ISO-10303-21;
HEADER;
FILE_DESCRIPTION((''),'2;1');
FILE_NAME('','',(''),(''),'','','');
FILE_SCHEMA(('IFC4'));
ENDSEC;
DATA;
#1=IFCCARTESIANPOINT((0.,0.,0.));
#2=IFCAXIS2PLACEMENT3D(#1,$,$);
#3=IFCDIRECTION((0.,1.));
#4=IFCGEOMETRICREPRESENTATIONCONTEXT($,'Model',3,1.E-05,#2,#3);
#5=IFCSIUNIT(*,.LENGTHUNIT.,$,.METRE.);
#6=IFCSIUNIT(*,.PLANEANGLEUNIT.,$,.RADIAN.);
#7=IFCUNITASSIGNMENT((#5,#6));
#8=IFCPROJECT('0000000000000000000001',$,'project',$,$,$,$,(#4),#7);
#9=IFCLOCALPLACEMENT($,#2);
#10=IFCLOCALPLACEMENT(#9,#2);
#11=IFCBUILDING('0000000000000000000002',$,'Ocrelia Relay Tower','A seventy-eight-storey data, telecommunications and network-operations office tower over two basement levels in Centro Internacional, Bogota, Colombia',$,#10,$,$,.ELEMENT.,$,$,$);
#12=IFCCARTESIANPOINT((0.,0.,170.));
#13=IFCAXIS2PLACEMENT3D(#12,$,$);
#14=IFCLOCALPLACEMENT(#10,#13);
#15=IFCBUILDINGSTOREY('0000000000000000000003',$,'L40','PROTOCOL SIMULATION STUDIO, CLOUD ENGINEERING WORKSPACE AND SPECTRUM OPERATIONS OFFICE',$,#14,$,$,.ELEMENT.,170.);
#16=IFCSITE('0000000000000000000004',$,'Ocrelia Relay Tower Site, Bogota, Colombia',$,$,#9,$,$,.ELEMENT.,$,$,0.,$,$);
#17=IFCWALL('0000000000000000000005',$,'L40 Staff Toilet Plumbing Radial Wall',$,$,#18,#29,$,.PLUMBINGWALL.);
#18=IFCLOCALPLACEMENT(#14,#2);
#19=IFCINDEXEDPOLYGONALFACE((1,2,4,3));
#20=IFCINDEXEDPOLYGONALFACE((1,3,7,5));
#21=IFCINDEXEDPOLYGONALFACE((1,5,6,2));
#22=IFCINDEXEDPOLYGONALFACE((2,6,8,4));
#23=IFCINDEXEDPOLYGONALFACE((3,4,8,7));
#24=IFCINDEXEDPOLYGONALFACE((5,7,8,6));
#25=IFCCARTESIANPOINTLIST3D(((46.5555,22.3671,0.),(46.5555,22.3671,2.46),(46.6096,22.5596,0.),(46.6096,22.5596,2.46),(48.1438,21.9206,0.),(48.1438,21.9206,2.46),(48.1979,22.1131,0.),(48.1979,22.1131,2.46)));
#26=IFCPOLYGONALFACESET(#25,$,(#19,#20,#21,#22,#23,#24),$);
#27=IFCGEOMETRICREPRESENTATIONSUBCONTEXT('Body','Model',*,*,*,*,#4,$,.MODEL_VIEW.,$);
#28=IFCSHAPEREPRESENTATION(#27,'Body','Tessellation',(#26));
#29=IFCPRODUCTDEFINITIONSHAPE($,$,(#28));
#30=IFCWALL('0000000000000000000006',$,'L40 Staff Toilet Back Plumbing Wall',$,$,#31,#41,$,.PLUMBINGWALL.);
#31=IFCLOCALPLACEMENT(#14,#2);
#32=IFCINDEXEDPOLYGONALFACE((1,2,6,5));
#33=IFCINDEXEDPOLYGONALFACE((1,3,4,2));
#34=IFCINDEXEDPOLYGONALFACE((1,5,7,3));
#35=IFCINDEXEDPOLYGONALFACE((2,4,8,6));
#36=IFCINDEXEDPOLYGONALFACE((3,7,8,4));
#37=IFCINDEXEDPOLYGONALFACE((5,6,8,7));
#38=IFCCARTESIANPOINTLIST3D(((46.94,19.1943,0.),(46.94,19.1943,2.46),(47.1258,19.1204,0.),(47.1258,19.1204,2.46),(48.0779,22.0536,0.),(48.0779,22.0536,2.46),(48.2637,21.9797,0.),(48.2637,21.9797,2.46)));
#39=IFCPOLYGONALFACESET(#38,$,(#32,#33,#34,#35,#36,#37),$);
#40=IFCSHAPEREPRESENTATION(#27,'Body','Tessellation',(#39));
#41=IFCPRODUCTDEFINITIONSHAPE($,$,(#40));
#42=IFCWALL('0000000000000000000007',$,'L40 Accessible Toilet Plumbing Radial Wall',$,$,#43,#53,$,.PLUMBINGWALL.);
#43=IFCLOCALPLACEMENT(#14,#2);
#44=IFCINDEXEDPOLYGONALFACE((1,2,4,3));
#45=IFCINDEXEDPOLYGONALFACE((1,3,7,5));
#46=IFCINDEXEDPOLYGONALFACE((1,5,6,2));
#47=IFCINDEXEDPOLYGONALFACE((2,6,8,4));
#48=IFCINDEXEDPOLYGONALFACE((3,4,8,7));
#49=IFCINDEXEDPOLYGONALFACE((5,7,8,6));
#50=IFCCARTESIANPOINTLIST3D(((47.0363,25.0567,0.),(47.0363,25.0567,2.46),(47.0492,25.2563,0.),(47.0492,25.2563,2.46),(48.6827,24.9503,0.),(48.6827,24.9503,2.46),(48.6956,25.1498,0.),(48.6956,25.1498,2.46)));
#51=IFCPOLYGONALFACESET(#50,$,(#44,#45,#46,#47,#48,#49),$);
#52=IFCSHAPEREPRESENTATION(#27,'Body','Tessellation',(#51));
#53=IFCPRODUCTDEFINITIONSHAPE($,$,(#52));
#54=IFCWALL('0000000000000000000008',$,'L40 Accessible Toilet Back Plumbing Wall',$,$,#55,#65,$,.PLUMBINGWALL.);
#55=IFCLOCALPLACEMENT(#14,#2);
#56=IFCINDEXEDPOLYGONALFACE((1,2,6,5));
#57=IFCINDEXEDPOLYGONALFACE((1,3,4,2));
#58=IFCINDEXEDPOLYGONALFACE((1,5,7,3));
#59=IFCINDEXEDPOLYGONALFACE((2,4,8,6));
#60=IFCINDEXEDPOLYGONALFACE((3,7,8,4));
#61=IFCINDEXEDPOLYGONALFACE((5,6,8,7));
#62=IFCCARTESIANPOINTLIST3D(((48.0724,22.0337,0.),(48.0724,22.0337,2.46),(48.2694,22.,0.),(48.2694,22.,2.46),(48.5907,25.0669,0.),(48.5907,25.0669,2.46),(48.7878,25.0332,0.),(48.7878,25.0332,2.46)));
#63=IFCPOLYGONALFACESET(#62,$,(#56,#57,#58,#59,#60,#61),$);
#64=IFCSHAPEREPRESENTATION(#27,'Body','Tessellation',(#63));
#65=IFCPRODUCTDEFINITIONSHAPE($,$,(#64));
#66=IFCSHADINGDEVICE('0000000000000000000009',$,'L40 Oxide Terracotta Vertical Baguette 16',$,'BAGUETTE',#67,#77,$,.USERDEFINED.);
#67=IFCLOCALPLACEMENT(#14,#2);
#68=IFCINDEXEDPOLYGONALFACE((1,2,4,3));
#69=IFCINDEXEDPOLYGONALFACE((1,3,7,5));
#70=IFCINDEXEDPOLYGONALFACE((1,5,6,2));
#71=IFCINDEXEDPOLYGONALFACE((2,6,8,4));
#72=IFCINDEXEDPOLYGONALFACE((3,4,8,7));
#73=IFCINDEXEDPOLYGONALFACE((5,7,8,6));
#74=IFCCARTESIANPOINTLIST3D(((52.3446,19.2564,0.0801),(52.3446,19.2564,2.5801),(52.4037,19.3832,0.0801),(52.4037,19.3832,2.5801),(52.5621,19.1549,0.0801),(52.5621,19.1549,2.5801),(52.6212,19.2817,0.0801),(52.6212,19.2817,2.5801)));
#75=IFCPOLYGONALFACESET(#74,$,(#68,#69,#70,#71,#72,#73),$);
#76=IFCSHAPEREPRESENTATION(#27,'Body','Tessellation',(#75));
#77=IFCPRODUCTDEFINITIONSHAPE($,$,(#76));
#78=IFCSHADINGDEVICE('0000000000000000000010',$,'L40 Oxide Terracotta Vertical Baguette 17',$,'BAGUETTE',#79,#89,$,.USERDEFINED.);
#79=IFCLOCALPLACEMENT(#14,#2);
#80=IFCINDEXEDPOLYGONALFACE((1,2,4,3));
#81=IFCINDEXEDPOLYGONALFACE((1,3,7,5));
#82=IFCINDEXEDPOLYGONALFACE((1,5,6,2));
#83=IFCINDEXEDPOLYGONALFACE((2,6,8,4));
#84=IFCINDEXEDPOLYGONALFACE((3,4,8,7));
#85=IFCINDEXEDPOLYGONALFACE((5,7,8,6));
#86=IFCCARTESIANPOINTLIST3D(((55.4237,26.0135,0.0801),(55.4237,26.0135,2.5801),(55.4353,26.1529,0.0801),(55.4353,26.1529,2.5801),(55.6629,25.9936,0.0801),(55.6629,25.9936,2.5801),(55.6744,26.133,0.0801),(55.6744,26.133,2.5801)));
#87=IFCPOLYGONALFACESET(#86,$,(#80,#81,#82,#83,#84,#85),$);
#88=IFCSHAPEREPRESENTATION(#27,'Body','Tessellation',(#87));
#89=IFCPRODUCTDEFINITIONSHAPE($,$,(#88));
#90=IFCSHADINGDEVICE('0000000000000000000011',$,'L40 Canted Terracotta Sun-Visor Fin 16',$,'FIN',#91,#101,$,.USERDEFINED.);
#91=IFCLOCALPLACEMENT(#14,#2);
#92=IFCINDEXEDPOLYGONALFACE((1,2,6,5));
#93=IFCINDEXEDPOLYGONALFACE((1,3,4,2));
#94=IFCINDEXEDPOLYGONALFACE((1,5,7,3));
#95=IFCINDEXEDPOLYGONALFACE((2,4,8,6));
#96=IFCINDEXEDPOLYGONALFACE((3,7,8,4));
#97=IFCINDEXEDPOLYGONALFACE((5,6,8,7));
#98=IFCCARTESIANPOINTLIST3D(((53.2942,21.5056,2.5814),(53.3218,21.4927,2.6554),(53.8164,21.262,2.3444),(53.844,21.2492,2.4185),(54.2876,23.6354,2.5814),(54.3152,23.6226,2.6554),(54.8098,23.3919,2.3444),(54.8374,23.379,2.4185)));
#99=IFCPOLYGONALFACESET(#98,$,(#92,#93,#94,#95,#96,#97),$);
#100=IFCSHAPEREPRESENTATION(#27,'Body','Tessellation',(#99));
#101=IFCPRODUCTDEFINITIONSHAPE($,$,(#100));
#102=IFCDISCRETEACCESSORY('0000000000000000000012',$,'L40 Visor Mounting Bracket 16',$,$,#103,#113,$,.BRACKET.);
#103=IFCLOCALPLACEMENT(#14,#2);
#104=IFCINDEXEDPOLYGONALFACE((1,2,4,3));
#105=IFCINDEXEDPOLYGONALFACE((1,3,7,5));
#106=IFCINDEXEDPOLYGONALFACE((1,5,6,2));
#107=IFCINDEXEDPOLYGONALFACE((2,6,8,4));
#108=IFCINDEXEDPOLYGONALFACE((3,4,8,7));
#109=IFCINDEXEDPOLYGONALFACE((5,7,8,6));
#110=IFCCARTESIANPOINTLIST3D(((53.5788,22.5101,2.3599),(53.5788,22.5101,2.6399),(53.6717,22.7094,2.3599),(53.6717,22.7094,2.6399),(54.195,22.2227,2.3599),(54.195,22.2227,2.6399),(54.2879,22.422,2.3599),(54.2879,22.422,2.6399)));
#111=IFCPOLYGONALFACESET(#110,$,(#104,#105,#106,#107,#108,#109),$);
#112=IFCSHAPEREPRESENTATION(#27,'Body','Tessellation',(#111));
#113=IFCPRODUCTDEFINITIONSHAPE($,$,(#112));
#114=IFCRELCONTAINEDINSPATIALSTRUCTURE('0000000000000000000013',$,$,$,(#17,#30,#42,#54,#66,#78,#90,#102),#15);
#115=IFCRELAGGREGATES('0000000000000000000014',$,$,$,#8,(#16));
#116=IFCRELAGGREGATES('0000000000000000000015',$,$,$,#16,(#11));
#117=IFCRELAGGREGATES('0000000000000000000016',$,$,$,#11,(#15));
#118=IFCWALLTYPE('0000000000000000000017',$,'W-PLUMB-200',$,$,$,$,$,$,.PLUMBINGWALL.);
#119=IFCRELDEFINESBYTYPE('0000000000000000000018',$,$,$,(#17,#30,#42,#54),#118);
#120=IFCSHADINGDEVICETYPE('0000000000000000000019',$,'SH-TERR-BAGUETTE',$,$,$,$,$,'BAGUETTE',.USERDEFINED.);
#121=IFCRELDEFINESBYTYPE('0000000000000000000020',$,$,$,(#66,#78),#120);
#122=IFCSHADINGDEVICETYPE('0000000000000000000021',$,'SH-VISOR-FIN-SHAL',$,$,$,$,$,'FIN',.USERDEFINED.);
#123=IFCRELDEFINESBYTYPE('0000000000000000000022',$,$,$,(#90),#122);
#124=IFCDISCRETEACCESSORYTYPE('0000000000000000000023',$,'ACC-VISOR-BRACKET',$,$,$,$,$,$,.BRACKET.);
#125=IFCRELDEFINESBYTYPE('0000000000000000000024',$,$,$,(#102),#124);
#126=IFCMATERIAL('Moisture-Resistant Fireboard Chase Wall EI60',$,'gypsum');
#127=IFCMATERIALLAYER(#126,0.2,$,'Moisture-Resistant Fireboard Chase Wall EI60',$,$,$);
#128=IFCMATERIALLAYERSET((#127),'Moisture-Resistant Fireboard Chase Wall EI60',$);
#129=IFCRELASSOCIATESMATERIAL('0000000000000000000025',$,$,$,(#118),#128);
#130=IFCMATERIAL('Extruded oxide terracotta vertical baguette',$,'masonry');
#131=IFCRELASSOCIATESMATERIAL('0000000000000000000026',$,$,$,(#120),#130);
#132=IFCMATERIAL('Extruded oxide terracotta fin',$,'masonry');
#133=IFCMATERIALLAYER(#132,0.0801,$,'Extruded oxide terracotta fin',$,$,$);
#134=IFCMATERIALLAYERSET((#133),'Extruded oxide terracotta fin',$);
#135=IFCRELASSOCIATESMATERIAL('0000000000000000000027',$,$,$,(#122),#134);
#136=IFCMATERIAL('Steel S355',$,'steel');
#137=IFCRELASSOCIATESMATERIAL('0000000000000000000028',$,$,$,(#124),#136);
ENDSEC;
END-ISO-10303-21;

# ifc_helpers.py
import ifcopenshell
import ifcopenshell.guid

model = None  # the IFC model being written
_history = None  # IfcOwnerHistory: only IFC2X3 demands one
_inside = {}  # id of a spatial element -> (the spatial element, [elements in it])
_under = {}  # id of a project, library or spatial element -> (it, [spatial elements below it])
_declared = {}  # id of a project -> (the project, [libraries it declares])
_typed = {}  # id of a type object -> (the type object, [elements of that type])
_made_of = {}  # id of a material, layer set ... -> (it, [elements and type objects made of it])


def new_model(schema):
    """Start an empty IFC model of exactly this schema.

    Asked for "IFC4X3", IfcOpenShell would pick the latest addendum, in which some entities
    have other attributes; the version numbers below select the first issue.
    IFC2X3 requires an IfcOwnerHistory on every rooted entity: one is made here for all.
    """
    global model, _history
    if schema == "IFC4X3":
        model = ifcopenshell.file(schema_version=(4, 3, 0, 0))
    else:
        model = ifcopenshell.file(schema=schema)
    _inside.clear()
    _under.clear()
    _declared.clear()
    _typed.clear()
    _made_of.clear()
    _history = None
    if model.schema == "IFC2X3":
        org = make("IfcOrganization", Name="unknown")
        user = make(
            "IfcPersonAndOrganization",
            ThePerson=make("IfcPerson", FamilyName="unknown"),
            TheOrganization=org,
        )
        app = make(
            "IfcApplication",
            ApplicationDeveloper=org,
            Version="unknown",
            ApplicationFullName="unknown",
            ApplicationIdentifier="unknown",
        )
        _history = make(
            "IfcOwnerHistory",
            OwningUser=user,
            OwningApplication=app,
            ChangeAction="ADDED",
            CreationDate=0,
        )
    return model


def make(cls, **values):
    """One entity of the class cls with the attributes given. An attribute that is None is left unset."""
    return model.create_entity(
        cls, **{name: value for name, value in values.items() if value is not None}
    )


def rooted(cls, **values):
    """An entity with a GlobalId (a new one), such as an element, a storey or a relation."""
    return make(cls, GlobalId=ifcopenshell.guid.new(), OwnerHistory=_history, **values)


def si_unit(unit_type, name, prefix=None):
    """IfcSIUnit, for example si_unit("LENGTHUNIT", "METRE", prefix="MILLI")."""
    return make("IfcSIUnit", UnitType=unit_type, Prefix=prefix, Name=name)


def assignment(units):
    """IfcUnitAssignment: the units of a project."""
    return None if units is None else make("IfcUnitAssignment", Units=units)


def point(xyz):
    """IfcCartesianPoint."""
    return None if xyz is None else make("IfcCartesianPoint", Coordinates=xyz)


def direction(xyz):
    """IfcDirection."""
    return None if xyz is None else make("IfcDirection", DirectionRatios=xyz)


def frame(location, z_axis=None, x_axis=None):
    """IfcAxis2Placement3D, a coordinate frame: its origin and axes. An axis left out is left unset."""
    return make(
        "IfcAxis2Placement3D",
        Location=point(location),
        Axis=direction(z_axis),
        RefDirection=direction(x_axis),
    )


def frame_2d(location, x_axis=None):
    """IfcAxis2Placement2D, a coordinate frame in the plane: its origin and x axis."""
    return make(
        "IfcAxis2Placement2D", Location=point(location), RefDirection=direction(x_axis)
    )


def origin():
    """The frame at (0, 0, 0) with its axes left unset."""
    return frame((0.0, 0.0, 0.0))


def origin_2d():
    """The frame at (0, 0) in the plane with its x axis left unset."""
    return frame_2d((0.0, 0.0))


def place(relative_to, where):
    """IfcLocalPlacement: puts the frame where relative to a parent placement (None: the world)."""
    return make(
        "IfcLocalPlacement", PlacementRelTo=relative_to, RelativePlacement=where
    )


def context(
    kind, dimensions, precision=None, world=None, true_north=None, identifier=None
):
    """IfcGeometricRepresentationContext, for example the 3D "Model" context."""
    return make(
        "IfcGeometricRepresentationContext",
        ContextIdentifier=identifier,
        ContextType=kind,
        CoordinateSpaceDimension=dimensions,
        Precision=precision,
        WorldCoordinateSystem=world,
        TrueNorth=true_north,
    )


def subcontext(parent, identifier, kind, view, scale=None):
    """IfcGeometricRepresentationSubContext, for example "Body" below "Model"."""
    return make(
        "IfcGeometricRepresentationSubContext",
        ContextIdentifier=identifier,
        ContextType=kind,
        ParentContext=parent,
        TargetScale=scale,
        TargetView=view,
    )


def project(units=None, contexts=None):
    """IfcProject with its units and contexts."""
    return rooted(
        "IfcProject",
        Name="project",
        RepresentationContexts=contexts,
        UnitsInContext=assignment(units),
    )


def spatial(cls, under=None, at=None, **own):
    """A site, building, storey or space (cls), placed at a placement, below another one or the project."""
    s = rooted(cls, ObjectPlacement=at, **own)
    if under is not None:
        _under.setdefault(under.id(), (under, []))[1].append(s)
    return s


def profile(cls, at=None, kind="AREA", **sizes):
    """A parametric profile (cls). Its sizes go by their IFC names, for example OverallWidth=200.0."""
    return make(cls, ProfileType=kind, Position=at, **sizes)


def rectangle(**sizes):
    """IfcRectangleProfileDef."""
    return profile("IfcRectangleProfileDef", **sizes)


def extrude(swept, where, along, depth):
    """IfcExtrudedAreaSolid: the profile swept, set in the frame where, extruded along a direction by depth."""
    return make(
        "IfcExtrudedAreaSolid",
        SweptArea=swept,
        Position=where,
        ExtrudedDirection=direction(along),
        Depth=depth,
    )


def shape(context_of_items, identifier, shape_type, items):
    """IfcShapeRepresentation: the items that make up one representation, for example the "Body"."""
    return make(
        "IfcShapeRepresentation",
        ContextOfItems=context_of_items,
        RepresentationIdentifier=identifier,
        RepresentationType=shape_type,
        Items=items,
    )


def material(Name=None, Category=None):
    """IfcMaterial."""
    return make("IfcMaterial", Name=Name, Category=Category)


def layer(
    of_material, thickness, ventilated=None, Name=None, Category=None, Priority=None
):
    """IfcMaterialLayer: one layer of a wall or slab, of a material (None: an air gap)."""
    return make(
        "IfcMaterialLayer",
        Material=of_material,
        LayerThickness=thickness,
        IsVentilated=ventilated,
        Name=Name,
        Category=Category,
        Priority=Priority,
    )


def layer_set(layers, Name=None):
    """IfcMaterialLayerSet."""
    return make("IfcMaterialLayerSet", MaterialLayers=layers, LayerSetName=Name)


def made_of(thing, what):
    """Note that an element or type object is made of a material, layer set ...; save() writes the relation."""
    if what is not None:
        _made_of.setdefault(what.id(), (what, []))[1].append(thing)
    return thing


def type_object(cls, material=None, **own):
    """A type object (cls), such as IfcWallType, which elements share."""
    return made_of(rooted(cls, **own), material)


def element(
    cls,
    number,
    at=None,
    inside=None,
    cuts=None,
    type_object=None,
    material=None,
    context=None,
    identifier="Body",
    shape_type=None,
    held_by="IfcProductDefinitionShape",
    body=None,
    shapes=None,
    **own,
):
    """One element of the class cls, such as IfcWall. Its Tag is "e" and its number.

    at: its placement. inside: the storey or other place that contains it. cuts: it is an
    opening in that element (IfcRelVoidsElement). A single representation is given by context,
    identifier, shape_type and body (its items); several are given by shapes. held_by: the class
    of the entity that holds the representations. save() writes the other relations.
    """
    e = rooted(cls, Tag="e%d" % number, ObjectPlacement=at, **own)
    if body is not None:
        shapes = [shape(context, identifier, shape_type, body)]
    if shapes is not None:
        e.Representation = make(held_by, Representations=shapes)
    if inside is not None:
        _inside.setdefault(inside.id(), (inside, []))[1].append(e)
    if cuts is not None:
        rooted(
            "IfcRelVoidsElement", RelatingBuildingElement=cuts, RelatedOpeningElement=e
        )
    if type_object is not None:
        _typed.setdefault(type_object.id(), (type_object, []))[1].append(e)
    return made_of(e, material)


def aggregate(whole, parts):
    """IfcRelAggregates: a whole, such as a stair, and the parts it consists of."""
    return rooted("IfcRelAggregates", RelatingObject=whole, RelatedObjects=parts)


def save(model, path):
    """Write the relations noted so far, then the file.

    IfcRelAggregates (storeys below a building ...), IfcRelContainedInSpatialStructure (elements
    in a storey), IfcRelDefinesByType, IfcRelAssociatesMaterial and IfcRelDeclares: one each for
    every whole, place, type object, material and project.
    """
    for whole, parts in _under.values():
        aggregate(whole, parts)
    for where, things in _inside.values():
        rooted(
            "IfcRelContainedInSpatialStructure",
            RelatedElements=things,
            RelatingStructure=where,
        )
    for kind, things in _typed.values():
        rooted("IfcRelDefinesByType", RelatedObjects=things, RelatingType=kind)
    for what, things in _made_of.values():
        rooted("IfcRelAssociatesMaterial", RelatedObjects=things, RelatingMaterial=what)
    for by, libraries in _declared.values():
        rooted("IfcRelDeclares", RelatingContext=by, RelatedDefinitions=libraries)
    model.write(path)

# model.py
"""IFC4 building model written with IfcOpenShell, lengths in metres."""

from ifc_helpers import new_model, si_unit, direction, frame, frame_2d, origin, origin_2d, place, context, subcontext, project, spatial, rectangle, extrude, material, layer, layer_set, type_object, element, save


model = new_model("IFC4")

# Units and contexts
model_context = context("Model", 3, precision=1e-05, world=origin(), true_north=direction((0.0, 1.0)))
body_context = subcontext(model_context, "Body", "Model", "MODEL_VIEW")
ifc_project = project(units=[si_unit("LENGTHUNIT", "METRE"), si_unit("PLANEANGLEUNIT", "RADIAN")], contexts=[model_context])

# Site, building, storey
site_placement = place(None, origin())
site = spatial("IfcSite", under=ifc_project, at=site_placement, Name="Ocrelia Relay Tower Site, Bogota, Colombia", CompositionType="ELEMENT", RefElevation=0.0)
building_placement = place(site_placement, origin())
building = spatial("IfcBuilding", under=site, at=building_placement, Name="Ocrelia Relay Tower", Description="A seventy-eight-storey data, telecommunications and network-operations office tower over two basement levels in Centro Internacional, Bogota, Colombia", CompositionType="ELEMENT")
storey_placement = place(building_placement, frame((0.0, 0.0, 170.0)))
storey = spatial("IfcBuildingStorey", under=building, at=storey_placement, Name="L40", Description="PROTOCOL SIMULATION STUDIO, CLOUD ENGINEERING WORKSPACE AND SPECTRUM OPERATIONS OFFICE", CompositionType="ELEMENT", Elevation=170.0)

# Shared definitions
ifc_material_1 = material(Name="Steel S355", Category="steel")

# Walls
ifc_material_2 = material(Name="Moisture-Resistant Fireboard Chase Wall EI60", Category="gypsum")
ifc_layer_1 = layer(ifc_material_2, 0.2, Name="Moisture-Resistant Fireboard Chase Wall EI60")
ifc_layer_set_1 = layer_set([ifc_layer_1], Name="Moisture-Resistant Fireboard Chase Wall EI60")
wall_type_1 = type_object("IfcWallType", Name="W-PLUMB-200", PredefinedType="PLUMBINGWALL", material=ifc_layer_set_1)
wall_1_placement = place(storey_placement, frame((46.5825, 22.4634, 0.0), z_axis=(0.0, 0.0, 1.0), x_axis=(0.962682, -0.270634, 0.0)))
element("IfcWall", 1, at=wall_1_placement, inside=storey, type_object=wall_type_1, Name="L40 Staff Toilet Plumbing Radial Wall", PredefinedType="PLUMBINGWALL", context=body_context, shape_type="SweptSolid", body=[
    extrude(rectangle(XDim=1.6499, YDim=0.2, at=frame_2d((0.825, 0.0))), origin(), (0.0, 0.0, 1.0), 2.46),
])
wall_2_placement = place(storey_placement, frame((47.033, 19.1575, 0.0), z_axis=(0.0, 0.0, 1.0), x_axis=(0.369762, 0.929126, 0.0)))
element("IfcWall", 2, at=wall_2_placement, inside=storey, type_object=wall_type_1, Name="L40 Staff Toilet Back Plumbing Wall", PredefinedType="PLUMBINGWALL", context=body_context, shape_type="SweptSolid", body=[
    extrude(rectangle(XDim=3.0774, YDim=0.2, at=frame_2d((1.5386, 0.0))), origin(), (0.0, 0.0, 1.0), 2.46),
])
wall_3_placement = place(storey_placement, frame((47.0427, 25.1565, 0.0), z_axis=(0.0, 0.0, 1.0), x_axis=(0.997917, -0.064515, 0.0)))
element("IfcWall", 3, at=wall_3_placement, inside=storey, type_object=wall_type_1, Name="L40 Accessible Toilet Plumbing Radial Wall", PredefinedType="PLUMBINGWALL", context=body_context, shape_type="SweptSolid", body=[
    extrude(rectangle(XDim=1.6499, YDim=0.2, at=frame_2d((0.825, 0.0))), origin(), (0.0, 0.0, 1.0), 2.46),
])
wall_4_placement = place(storey_placement, frame((48.1709, 22.0168, 0.0), z_axis=(0.0, 0.0, 1.0), x_axis=(0.168437, 0.985712, 0.0)))
element("IfcWall", 4, at=wall_4_placement, inside=storey, type_object=wall_type_1, Name="L40 Accessible Toilet Back Plumbing Wall", PredefinedType="PLUMBINGWALL", context=body_context, shape_type="SweptSolid", body=[
    extrude(rectangle(XDim=3.0771, YDim=0.2, at=frame_2d((1.5386, 0.0))), origin(), (0.0, 0.0, 1.0), 2.46),
])

# Shading devices
ifc_material_3 = material(Name="Extruded oxide terracotta vertical baguette", Category="masonry")
shading_device_type_1 = type_object("IfcShadingDeviceType", Name="SH-TERR-BAGUETTE", ElementType="BAGUETTE", PredefinedType="USERDEFINED", material=ifc_material_3)
for number, where, z_axis, x_axis, name in (
    (5, (52.4829, 19.269, 0.0801), (0.0, 0.0, 1.0), (0.422694, 0.906273, 0.0), "L40 Oxide Terracotta Vertical Baguette 16"),
    (6, (55.5491, 26.0732, 0.0801), (0.0, 0.0, 1.0), (0.082698, 0.996575, 0.0), "L40 Oxide Terracotta Vertical Baguette 17"),
):
    element("IfcShadingDevice", number, at=place(storey_placement, frame(where, z_axis=z_axis, x_axis=x_axis)), inside=storey, type_object=shading_device_type_1, Name=name, ObjectType="BAGUETTE", PredefinedType="USERDEFINED", context=body_context, shape_type="SweptSolid", body=[
        extrude(rectangle(XDim=0.1399, YDim=0.24, at=origin_2d()), origin(), (0.0, 0.0, 1.0), 2.5),
    ])
ifc_material_4 = material(Name="Extruded oxide terracotta fin", Category="masonry")
ifc_layer_2 = layer(ifc_material_4, 0.0801, Name="Extruded oxide terracotta fin")
ifc_layer_set_2 = layer_set([ifc_layer_2], Name="Extruded oxide terracotta fin")
shading_device_type_2 = type_object("IfcShadingDeviceType", Name="SH-VISOR-FIN-SHAL", ElementType="FIN", PredefinedType="USERDEFINED", material=ifc_layer_set_2)
shading_device_placement = place(storey_placement, frame((54.052, 22.4487, 2.4629), z_axis=(0.344622, -0.160735, 0.924878), x_axis=(0.422694, 0.906273, 0.0)))
element("IfcShadingDevice", 7, at=shading_device_placement, inside=storey, type_object=shading_device_type_2, Name="L40 Canted Terracotta Sun-Visor Fin 16", ObjectType="FIN", PredefinedType="USERDEFINED", context=body_context, shape_type="SweptSolid", body=[
    extrude(rectangle(XDim=2.3501, YDim=0.623, at=origin_2d()), origin(), (0.0, 0.0, 1.0), 0.0801),
])

# Discrete accessory
discrete_accessory_type = type_object("IfcDiscreteAccessoryType", Name="ACC-VISOR-BRACKET", PredefinedType="BRACKET", material=ifc_material_1)
discrete_accessory_placement = place(storey_placement, frame((53.9333, 22.4661, 2.3599), z_axis=(0.0, 0.0, 1.0), x_axis=(0.422694, 0.906273, 0.0)))
element("IfcDiscreteAccessory", 8, at=discrete_accessory_placement, inside=storey, type_object=discrete_accessory_type, Name="L40 Visor Mounting Bracket 16", PredefinedType="BRACKET", context=body_context, shape_type="SweptSolid", body=[
    extrude(rectangle(XDim=0.22, YDim=0.6799, at=origin_2d()), origin(), (0.0, 0.0, 1.0), 0.28),
])

save(model, "model.ifc")
